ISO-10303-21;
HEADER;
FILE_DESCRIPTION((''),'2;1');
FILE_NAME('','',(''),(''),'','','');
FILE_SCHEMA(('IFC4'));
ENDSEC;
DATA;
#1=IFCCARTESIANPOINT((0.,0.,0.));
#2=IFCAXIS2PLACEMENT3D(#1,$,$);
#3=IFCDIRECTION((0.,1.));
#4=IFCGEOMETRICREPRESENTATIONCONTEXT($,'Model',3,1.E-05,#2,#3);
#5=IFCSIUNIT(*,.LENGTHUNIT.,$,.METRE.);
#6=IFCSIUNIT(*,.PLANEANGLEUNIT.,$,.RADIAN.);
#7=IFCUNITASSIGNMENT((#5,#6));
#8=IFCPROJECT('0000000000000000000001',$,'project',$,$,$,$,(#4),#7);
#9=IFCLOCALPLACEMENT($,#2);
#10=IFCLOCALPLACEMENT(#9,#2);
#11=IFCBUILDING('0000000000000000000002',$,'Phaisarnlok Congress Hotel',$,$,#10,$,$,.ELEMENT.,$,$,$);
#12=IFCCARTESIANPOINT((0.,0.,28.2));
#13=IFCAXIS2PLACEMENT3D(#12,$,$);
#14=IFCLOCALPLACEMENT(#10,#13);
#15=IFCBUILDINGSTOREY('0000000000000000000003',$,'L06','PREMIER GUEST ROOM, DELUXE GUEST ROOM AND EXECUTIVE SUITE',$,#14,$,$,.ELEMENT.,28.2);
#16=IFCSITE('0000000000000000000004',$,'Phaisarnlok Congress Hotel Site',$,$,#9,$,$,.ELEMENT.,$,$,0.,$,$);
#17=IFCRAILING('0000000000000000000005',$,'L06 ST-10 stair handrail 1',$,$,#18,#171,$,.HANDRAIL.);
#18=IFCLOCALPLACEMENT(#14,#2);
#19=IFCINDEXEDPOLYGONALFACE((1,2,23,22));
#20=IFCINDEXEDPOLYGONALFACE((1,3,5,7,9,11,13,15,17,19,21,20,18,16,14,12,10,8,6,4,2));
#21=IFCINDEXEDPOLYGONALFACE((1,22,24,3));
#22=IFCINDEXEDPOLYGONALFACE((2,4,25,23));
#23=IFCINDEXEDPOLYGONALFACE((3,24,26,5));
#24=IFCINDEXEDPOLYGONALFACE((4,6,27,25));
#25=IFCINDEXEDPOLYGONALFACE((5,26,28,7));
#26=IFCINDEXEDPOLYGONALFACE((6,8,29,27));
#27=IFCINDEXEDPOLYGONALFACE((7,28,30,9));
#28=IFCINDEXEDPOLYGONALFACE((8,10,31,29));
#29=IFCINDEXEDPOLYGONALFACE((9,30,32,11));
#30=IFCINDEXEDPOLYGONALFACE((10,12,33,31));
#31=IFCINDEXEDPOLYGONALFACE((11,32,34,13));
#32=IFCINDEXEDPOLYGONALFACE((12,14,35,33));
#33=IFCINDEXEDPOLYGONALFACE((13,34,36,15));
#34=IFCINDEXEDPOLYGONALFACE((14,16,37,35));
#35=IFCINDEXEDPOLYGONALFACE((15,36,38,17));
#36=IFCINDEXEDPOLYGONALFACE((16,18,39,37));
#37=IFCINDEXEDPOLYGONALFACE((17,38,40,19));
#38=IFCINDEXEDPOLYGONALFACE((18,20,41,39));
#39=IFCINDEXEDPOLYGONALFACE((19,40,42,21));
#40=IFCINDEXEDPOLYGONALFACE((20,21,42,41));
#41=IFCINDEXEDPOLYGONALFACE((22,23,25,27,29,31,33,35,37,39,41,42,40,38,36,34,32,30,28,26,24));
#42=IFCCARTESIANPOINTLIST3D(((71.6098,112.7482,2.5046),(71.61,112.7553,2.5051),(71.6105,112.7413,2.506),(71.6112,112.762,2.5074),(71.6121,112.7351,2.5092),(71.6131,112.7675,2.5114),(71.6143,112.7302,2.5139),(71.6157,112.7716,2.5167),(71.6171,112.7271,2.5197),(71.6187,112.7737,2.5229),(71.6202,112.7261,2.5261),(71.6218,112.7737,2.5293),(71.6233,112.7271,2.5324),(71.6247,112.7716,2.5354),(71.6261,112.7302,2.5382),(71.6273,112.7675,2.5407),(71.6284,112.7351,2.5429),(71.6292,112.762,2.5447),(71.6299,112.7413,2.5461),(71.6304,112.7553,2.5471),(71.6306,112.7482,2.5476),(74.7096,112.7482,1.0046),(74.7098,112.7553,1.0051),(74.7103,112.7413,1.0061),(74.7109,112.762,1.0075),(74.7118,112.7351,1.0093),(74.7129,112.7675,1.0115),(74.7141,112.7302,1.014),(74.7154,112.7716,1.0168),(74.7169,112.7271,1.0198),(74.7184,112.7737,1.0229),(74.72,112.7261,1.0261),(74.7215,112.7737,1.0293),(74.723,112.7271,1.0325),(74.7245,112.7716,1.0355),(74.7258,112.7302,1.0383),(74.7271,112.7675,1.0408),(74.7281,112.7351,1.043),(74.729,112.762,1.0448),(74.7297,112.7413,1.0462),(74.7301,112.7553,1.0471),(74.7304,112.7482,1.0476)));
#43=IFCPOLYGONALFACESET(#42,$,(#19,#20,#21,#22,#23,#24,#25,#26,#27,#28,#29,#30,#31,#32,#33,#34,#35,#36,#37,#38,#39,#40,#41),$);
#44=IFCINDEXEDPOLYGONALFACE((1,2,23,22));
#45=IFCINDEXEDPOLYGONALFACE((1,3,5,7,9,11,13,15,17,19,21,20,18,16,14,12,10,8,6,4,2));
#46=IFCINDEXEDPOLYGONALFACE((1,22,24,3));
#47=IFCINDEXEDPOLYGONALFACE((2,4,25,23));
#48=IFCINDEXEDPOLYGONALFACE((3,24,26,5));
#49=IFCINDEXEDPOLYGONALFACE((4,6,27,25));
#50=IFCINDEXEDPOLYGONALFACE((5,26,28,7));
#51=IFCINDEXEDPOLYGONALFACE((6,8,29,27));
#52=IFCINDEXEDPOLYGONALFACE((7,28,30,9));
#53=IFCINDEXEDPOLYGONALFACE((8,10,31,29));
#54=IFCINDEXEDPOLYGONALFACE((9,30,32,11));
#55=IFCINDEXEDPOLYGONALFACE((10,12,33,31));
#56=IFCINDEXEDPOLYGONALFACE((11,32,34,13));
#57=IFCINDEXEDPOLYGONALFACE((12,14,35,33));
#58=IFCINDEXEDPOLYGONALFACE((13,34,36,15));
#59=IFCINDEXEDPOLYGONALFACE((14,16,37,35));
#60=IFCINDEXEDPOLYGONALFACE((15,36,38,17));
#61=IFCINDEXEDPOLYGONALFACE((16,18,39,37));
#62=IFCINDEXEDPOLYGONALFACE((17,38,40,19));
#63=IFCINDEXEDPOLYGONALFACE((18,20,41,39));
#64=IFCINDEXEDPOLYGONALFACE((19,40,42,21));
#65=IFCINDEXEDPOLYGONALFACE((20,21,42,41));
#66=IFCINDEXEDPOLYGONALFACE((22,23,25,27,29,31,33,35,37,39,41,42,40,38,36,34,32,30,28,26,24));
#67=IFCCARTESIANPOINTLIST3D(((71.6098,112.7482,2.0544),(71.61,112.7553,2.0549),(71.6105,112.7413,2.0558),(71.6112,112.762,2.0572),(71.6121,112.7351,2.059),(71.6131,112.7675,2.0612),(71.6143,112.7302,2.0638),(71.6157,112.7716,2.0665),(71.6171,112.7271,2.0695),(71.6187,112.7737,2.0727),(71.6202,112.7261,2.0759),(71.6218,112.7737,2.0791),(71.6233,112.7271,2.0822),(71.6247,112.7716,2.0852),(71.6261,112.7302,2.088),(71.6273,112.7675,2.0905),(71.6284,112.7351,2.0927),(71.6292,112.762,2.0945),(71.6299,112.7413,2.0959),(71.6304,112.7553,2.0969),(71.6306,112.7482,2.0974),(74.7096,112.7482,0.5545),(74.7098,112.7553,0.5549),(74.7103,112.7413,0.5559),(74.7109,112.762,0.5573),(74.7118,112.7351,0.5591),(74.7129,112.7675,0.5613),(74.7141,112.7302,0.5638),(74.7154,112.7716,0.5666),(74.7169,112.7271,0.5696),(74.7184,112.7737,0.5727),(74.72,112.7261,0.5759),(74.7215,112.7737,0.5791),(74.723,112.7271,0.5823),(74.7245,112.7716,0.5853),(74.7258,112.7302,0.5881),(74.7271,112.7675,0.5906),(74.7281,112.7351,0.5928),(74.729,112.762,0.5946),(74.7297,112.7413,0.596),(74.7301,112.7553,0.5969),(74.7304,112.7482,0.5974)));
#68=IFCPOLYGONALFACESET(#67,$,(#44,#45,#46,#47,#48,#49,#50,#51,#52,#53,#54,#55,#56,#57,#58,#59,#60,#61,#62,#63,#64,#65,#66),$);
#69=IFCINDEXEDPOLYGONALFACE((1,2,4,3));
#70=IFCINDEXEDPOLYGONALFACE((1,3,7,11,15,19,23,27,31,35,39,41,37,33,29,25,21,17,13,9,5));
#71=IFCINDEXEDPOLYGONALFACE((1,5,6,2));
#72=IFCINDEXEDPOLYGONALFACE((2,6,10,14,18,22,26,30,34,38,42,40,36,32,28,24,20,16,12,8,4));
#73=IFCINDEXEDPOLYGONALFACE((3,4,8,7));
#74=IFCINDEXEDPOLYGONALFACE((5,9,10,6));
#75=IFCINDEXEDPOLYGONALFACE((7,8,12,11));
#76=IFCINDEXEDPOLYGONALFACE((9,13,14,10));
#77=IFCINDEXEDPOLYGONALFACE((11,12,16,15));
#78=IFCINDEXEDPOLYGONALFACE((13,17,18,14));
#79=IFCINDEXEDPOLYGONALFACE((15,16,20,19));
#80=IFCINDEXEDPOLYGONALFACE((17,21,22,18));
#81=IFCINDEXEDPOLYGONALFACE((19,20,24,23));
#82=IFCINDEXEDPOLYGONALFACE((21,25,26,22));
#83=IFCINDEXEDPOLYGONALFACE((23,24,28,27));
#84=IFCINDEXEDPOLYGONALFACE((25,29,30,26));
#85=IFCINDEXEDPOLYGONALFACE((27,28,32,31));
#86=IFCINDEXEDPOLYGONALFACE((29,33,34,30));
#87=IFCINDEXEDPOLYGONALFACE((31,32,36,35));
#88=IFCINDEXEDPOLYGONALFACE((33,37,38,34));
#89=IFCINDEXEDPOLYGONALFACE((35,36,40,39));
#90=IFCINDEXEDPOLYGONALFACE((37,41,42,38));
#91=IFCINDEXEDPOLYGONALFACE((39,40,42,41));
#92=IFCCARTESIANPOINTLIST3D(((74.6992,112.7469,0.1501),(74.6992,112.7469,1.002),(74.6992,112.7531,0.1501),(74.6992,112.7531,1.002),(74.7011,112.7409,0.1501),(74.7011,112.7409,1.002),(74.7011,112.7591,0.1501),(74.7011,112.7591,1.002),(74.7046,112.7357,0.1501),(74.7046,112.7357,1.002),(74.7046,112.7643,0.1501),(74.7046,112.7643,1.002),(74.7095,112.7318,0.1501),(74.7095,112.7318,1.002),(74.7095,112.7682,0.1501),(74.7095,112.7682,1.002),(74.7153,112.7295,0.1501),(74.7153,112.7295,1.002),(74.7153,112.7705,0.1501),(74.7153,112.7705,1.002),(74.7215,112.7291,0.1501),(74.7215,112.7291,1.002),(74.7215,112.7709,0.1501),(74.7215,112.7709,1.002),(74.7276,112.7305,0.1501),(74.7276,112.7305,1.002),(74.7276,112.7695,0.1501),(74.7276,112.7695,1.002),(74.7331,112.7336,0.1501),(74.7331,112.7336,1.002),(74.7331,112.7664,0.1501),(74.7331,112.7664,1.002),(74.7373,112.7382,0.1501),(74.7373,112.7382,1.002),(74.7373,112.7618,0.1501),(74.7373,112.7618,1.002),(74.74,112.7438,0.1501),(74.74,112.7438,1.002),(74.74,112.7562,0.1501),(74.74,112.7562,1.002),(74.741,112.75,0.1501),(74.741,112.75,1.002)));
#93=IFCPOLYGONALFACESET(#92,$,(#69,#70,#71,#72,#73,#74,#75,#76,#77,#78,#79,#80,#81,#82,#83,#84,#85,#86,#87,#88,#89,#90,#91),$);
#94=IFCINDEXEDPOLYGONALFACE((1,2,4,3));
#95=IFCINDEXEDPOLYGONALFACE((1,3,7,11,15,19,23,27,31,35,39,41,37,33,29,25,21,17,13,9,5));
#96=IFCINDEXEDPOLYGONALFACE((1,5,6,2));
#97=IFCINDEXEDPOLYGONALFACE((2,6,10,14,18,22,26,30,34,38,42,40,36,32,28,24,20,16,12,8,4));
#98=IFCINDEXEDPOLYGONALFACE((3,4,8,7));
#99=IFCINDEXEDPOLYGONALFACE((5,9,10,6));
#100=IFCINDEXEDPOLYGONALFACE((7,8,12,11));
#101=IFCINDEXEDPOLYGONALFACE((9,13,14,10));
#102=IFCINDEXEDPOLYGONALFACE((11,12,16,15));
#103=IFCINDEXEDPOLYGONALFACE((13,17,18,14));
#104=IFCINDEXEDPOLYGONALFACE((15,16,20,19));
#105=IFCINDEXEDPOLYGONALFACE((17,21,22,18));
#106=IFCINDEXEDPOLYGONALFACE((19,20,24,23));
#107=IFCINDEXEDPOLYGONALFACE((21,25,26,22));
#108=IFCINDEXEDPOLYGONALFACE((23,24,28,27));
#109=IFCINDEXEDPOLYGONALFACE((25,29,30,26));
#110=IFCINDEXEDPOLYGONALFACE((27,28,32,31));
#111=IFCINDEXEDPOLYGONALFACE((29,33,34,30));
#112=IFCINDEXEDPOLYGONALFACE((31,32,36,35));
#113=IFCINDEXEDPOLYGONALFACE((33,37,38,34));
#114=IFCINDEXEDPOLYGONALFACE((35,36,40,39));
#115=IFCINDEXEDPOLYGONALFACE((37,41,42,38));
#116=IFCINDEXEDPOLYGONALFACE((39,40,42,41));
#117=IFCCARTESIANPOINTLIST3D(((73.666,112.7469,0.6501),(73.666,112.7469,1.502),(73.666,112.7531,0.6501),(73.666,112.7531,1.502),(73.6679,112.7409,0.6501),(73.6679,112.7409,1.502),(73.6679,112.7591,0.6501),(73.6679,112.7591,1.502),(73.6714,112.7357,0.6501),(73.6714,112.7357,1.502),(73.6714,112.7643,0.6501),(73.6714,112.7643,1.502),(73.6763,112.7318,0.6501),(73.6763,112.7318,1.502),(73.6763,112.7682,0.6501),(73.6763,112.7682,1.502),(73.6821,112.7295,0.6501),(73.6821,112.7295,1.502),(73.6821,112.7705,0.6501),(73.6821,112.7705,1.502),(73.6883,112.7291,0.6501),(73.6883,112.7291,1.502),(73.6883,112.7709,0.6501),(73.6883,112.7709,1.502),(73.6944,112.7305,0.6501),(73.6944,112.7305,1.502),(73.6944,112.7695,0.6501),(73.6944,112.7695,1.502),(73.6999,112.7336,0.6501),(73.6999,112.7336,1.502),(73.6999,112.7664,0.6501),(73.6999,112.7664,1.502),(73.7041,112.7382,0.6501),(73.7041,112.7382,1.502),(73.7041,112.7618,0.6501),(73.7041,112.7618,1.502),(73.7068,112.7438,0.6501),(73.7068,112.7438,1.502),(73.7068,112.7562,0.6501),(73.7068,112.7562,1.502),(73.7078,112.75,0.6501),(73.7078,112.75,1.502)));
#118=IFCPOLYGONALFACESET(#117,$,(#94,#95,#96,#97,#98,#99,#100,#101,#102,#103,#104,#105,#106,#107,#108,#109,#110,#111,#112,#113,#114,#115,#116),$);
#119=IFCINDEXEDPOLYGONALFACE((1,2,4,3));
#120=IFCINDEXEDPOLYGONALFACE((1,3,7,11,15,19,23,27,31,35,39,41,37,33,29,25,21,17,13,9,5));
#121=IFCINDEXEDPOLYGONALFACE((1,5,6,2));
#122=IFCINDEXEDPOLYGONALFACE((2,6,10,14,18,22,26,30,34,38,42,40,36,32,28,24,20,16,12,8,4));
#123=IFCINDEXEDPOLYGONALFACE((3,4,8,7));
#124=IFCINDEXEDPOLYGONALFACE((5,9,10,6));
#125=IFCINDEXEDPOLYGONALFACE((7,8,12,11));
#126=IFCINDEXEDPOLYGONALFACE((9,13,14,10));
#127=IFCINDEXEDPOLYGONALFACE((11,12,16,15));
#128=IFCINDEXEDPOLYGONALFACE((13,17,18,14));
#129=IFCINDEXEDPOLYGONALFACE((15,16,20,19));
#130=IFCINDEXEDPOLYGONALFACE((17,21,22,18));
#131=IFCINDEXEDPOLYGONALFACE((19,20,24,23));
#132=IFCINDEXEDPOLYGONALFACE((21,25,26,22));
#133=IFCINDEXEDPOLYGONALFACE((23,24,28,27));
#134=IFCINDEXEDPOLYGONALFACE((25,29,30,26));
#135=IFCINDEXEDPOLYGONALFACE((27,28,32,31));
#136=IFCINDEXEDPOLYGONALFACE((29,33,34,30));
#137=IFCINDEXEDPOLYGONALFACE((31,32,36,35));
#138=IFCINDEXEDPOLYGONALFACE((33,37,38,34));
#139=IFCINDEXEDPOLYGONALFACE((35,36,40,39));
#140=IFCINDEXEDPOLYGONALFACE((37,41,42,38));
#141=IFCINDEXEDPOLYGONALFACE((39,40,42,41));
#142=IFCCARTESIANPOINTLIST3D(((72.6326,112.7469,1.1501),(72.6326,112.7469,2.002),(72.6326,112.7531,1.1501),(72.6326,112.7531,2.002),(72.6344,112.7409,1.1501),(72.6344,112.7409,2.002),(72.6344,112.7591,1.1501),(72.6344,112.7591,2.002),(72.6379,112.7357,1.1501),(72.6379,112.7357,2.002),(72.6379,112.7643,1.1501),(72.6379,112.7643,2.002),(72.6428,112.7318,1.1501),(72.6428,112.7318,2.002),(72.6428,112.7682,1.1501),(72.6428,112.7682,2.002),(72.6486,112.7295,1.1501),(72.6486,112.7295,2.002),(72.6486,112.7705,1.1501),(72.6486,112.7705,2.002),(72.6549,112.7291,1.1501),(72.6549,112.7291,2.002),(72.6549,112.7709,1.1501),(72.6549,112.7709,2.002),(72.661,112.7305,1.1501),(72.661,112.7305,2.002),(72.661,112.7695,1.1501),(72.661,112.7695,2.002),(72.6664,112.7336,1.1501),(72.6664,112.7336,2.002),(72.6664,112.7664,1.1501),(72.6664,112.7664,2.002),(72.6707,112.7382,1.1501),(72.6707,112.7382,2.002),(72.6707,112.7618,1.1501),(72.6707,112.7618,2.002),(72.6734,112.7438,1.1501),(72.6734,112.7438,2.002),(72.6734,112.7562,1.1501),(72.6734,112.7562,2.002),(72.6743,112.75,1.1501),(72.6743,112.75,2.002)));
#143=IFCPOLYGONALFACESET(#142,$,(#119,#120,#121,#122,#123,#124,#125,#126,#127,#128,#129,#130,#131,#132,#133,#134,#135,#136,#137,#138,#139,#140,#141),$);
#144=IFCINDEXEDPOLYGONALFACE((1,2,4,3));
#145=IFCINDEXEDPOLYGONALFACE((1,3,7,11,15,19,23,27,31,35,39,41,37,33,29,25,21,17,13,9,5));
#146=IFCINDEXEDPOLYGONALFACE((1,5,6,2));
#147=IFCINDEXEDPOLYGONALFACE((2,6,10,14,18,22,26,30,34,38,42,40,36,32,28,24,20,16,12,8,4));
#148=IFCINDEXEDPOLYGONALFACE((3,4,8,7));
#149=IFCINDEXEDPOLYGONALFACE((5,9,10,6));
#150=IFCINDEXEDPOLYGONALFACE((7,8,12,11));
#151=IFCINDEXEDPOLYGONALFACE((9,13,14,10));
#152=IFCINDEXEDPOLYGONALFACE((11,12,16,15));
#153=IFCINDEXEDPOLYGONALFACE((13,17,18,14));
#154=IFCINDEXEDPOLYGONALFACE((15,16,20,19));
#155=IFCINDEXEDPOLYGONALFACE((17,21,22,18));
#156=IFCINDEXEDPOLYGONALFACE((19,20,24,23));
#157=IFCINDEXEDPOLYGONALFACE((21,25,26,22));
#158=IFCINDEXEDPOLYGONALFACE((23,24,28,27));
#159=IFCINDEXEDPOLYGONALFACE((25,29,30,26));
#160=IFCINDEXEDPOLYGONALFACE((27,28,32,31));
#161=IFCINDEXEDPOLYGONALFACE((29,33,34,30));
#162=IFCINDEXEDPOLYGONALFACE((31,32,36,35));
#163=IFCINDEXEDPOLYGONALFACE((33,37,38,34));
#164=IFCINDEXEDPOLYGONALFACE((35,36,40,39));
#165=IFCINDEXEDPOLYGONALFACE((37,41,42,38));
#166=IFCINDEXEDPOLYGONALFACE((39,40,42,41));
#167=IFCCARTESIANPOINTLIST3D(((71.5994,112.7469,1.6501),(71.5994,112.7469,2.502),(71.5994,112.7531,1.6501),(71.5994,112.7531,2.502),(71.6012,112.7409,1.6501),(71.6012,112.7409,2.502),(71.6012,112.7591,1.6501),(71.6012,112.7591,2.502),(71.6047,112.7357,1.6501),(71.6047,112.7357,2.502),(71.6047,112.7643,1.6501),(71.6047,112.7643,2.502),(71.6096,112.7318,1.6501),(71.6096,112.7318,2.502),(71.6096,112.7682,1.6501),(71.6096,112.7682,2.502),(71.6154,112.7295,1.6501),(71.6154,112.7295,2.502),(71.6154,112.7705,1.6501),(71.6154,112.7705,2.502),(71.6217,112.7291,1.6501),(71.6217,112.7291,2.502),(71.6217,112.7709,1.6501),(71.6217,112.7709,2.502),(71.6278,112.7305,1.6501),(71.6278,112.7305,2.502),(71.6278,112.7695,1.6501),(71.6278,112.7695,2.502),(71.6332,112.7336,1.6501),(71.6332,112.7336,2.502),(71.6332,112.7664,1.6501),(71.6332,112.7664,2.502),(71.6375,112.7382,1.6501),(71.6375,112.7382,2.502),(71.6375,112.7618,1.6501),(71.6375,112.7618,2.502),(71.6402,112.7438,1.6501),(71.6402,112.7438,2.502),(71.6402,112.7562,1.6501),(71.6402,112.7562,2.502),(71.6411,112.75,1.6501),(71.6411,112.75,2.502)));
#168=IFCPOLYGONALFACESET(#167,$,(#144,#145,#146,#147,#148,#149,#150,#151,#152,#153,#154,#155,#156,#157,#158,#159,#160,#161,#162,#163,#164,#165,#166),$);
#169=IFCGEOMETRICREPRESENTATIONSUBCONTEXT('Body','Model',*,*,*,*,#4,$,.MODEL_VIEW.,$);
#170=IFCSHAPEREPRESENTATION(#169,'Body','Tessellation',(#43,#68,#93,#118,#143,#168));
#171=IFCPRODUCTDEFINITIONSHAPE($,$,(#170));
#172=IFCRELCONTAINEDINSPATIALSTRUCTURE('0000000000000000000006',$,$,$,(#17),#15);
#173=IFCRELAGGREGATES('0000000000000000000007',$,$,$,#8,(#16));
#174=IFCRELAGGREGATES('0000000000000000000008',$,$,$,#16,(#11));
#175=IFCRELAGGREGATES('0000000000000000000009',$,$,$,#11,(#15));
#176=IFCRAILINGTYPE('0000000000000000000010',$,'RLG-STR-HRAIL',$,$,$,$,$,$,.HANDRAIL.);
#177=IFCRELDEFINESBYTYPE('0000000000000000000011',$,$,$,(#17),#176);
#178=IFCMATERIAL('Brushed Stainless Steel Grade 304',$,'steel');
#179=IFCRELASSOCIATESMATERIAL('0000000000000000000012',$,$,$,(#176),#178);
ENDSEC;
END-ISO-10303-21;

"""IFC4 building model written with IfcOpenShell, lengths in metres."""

from ifc_helpers import new_model, si_unit, direction, frame, origin, origin_2d, place, context, subcontext, project, spatial, circle, extrude, material, type_object, element, save


model = new_model("IFC4")

# Units and contexts
model_context = context("Model", 3, precision=1e-05, world=origin(), true_north=direction((0.0, 1.0)))
body_context = subcontext(model_context, "Body", "Model", "MODEL_VIEW")
ifc_project = project(units=[si_unit("LENGTHUNIT", "METRE"), si_unit("PLANEANGLEUNIT", "RADIAN")], contexts=[model_context])

# Site, building, storey
site_placement = place(None, origin())
site = spatial("IfcSite", under=ifc_project, at=site_placement, Name="Phaisarnlok Congress Hotel Site", CompositionType="ELEMENT", RefElevation=0.0)
building_placement = place(site_placement, origin())
building = spatial("IfcBuilding", under=site, at=building_placement, Name="Phaisarnlok Congress Hotel", CompositionType="ELEMENT")
storey_placement = place(building_placement, frame((0.0, 0.0, 28.2)))
storey = spatial("IfcBuildingStorey", under=building, at=storey_placement, Name="L06", Description="PREMIER GUEST ROOM, DELUXE GUEST ROOM AND EXECUTIVE SUITE", CompositionType="ELEMENT", Elevation=28.2)

# Railing
ifc_material_1 = material(Name="Brushed Stainless Steel Grade 304", Category="steel")
railing_type_1 = type_object("IfcRailingType", Name="RLG-STR-HRAIL", PredefinedType="HANDRAIL", material=ifc_material_1)
railing_1_placement = place(storey_placement, frame((74.72, 112.75, 0.1501)))
element("IfcRailing", 1, at=railing_1_placement, inside=storey, type_object=railing_type_1, Name="L06 ST-10 stair handrail 1", PredefinedType="HANDRAIL", context=body_context, shape_type="SweptSolid", body=[
    extrude(circle(Radius=0.0239, at=origin_2d()), frame((0.0, 0.0, 0.876), z_axis=(-0.900151, 0.0, 0.435578), x_axis=(0.0, -1.0, 0.0)), (0.0, 0.0, 1.0), 3.4436),
    extrude(circle(Radius=0.0239, at=origin_2d()), frame((0.0, 0.0, 0.4258), z_axis=(-0.900151, 0.0, 0.435578), x_axis=(0.0, -1.0, 0.0)), (0.0, 0.0, 1.0), 3.4436),
    extrude(circle(Radius=0.021, at=origin_2d()), origin(), (0.0, 0.0, 1.0), 0.8518),
    extrude(circle(Radius=0.021, at=origin_2d()), frame((-1.0332, 0.0, 0.5)), (0.0, 0.0, 1.0), 0.8518),
    extrude(circle(Radius=0.021, at=origin_2d()), frame((-2.0667, 0.0, 1.0)), (0.0, 0.0, 1.0), 0.8518),
    extrude(circle(Radius=0.021, at=origin_2d()), frame((-3.0999, 0.0, 1.5)), (0.0, 0.0, 1.0), 0.8518),
])

save(model, "model.ifc")
